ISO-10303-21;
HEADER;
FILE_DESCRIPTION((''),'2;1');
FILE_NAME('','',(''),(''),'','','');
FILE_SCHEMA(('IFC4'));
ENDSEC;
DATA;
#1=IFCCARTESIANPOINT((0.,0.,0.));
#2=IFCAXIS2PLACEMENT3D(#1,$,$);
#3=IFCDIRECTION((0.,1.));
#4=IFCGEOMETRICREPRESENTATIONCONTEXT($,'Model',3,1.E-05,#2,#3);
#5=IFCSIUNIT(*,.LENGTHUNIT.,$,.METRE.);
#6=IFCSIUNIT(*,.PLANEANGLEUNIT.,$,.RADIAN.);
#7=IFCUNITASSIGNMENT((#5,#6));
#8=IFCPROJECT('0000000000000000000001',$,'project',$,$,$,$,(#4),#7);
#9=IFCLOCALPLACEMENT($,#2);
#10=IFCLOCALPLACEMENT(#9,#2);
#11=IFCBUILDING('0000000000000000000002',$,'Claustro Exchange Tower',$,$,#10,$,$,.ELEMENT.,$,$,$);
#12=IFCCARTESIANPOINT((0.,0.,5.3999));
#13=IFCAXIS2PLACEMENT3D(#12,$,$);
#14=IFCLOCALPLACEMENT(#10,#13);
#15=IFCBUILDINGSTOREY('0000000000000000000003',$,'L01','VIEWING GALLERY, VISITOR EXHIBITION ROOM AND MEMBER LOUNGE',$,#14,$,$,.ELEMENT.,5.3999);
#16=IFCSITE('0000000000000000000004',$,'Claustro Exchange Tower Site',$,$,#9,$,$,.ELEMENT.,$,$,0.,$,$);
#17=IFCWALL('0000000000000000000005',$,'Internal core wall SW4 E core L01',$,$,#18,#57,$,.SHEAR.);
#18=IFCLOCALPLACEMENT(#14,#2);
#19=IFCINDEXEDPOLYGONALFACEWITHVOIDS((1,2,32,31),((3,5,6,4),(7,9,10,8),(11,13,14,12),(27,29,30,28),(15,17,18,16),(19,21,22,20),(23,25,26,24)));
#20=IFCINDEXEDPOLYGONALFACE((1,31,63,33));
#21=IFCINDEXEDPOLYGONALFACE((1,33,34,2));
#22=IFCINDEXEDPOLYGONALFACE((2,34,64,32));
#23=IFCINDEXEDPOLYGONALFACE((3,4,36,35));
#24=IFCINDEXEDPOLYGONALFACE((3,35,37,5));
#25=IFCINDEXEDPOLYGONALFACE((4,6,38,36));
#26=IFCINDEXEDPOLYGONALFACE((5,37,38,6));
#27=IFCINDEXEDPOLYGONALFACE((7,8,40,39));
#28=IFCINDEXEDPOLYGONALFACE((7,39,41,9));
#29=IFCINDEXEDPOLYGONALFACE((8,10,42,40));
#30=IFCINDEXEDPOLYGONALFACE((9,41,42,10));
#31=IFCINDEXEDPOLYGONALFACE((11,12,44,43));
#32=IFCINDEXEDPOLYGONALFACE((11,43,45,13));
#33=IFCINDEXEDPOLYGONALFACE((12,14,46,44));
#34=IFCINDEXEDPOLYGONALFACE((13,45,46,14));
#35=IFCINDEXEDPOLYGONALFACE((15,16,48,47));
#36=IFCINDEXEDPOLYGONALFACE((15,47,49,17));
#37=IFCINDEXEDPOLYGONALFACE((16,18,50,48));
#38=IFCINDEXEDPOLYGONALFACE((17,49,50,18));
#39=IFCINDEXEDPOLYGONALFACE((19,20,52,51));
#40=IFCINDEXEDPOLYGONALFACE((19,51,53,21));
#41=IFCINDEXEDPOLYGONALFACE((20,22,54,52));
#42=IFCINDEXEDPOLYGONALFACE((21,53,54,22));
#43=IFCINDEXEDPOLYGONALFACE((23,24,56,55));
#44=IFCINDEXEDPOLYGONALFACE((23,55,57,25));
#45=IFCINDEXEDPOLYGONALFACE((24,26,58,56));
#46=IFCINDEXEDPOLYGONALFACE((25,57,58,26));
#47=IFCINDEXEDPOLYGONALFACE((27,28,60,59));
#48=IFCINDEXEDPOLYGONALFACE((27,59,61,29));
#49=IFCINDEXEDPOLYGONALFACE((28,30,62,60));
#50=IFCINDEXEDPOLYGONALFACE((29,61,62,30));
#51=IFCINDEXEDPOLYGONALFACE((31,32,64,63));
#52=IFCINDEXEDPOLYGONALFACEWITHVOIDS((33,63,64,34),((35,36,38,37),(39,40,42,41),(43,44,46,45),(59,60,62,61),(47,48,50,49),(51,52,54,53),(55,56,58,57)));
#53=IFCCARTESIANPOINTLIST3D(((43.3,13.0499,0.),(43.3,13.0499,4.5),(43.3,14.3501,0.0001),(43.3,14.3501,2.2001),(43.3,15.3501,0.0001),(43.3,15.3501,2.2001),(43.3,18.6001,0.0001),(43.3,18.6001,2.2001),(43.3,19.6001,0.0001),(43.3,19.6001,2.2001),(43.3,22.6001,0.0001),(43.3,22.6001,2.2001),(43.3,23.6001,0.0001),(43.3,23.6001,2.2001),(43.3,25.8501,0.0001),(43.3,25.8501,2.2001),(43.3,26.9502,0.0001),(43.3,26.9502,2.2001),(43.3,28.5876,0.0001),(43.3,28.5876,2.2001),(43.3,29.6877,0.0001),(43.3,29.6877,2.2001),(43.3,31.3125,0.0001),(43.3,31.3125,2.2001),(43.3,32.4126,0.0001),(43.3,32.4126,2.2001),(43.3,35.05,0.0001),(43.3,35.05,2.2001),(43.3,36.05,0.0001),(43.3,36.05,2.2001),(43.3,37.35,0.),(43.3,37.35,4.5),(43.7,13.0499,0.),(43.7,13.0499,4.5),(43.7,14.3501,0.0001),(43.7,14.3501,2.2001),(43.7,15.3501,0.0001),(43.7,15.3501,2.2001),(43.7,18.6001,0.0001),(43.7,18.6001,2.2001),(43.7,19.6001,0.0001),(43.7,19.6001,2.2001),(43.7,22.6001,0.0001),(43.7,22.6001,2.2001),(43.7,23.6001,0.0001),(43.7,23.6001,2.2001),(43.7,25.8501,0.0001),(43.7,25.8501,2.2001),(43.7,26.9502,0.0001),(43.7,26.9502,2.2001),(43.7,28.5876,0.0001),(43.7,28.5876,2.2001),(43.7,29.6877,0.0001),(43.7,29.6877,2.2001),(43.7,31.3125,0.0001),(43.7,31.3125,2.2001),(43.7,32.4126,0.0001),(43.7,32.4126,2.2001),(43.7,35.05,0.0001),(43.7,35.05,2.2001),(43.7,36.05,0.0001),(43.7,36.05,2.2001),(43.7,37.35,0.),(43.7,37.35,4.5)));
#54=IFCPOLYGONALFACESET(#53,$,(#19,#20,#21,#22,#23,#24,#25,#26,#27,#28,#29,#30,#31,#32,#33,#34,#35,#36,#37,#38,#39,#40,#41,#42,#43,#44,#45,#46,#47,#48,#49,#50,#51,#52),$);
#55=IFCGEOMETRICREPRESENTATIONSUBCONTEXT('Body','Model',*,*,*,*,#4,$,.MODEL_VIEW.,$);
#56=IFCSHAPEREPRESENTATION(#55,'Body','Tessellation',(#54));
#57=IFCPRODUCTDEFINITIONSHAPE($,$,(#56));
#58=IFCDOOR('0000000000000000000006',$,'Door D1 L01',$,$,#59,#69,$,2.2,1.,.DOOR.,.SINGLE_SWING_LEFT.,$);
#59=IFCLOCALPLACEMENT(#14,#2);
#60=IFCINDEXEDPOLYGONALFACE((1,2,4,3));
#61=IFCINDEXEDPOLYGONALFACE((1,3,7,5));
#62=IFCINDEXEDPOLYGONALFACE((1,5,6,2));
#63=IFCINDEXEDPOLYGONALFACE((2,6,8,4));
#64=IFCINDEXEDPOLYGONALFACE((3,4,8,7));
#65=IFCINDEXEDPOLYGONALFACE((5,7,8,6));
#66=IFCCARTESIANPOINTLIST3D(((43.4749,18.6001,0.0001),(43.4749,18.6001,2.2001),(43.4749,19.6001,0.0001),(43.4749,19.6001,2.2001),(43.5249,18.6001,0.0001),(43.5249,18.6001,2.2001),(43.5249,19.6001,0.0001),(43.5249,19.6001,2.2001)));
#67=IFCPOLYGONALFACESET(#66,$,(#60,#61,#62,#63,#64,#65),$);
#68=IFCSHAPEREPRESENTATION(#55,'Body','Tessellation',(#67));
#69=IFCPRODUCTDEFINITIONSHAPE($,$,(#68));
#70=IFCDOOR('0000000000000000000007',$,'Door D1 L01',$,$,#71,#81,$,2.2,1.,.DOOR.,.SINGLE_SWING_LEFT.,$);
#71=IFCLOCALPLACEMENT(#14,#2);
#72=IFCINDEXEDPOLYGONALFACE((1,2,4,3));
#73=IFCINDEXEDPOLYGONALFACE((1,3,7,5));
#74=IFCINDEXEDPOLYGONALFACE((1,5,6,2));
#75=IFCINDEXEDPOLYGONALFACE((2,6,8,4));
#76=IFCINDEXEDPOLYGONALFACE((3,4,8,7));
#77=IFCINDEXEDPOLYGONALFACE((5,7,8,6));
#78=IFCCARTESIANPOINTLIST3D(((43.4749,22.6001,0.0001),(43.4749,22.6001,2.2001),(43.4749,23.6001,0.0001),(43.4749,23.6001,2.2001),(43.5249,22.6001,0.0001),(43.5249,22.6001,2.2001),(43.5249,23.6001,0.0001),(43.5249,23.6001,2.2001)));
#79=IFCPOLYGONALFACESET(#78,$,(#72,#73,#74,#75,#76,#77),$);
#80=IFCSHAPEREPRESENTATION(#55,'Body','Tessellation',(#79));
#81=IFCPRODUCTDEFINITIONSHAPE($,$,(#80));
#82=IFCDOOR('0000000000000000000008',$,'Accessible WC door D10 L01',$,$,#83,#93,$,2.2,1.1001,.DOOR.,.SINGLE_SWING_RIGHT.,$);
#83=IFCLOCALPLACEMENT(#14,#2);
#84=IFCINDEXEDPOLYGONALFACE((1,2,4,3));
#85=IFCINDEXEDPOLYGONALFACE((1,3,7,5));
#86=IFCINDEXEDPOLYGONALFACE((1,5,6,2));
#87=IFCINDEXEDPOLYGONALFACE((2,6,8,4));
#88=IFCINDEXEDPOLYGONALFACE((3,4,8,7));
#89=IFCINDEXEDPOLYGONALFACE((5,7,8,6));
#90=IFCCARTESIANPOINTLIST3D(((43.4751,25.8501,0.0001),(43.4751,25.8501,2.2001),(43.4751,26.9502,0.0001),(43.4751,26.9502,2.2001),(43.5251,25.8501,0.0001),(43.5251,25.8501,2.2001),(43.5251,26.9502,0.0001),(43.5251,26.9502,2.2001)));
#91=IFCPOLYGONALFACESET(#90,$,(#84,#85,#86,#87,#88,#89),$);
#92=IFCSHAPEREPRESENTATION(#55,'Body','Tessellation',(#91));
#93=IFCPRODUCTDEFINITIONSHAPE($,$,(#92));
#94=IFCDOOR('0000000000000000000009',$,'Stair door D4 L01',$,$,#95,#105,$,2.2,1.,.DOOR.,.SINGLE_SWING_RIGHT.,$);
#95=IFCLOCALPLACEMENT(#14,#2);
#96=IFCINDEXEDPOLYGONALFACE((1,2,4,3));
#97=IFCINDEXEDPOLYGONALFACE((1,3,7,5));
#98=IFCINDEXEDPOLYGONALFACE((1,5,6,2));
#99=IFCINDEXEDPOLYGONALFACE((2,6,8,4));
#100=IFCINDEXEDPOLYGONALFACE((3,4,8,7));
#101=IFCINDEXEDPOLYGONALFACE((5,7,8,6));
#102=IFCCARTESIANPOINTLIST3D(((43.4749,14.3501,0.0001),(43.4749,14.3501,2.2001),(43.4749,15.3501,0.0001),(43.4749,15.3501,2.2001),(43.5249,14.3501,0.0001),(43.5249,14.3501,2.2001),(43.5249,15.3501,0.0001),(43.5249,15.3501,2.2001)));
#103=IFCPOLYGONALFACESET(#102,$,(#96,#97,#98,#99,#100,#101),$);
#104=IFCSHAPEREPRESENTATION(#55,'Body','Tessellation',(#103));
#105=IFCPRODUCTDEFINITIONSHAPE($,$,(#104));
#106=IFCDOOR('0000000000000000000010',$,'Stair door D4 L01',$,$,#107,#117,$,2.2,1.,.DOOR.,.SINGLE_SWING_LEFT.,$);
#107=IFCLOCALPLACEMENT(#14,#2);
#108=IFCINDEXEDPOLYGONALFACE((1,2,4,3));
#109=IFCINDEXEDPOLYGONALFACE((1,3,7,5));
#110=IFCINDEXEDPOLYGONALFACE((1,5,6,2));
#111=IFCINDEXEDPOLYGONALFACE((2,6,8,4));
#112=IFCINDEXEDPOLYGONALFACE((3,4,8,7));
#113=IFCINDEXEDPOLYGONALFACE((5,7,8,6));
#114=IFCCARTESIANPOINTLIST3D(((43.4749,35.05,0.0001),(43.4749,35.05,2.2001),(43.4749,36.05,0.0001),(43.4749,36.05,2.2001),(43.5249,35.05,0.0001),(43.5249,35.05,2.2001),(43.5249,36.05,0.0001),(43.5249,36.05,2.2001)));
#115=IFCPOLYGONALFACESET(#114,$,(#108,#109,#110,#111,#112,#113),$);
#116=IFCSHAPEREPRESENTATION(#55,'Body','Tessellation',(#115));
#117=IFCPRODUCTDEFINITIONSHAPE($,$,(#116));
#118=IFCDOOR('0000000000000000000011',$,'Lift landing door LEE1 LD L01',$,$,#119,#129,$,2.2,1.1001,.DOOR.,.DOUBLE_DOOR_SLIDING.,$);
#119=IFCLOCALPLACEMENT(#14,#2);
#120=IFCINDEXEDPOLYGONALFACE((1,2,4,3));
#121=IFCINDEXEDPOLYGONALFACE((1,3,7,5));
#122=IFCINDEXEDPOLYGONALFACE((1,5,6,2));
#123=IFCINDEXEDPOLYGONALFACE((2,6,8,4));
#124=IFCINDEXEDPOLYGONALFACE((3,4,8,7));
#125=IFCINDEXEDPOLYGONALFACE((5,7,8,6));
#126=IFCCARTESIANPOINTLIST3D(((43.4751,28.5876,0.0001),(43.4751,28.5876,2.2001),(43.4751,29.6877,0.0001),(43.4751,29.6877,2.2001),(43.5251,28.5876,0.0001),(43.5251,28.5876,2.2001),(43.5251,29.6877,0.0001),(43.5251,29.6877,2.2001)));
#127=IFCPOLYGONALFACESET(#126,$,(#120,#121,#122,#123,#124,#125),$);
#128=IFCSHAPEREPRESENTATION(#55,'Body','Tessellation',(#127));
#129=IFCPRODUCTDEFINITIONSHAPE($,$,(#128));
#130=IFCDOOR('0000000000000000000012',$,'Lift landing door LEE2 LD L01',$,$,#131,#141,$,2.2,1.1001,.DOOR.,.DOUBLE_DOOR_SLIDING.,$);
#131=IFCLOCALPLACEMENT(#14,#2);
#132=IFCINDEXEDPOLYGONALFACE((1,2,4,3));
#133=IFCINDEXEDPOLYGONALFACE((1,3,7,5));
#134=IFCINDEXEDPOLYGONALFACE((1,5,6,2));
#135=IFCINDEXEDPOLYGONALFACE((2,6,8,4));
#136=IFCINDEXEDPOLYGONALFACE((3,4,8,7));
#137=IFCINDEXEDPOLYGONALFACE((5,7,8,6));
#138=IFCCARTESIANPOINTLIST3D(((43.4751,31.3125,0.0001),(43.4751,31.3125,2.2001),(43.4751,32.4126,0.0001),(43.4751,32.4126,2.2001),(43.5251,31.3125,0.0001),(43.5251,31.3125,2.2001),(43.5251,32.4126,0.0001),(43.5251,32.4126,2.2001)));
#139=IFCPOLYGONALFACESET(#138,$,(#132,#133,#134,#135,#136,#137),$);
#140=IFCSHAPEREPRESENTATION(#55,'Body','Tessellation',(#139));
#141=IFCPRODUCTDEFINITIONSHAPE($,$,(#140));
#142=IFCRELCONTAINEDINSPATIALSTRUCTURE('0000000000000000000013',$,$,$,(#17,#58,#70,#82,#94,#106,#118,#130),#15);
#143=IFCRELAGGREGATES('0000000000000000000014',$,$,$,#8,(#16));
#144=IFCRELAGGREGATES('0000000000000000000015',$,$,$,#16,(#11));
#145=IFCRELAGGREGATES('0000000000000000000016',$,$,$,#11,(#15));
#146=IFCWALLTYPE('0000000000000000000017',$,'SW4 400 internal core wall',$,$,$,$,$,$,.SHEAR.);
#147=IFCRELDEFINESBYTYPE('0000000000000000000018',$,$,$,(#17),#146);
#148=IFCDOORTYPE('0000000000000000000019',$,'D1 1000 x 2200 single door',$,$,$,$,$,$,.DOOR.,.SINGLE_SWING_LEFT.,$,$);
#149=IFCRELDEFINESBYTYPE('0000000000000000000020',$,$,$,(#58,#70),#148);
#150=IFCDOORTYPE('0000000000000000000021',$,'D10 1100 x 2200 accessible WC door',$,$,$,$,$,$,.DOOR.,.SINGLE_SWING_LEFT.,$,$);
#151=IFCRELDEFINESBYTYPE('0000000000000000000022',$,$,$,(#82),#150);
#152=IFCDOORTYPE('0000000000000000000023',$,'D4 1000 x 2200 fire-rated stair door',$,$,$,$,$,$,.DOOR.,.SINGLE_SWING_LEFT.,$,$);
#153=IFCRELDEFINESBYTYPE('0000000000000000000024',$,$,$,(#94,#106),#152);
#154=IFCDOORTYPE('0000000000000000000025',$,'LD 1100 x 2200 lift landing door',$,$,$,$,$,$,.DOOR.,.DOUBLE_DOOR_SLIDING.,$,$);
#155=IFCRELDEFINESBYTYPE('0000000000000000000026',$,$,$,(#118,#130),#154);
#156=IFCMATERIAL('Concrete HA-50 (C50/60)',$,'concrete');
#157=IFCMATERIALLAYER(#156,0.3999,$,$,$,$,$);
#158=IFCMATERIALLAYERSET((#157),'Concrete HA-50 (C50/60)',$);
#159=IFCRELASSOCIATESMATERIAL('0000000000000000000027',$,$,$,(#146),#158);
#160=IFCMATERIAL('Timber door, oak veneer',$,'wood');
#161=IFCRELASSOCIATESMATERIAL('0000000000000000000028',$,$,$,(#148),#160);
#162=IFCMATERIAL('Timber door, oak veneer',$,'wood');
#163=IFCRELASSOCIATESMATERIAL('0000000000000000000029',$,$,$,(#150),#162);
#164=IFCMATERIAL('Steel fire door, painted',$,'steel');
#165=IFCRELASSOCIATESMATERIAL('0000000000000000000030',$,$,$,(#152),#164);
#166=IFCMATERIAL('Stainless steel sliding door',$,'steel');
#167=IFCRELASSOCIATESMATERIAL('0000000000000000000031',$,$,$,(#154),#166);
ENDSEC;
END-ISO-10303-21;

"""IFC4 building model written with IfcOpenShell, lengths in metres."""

from ifc_helpers import new_model, si_unit, direction, frame, frame_2d, origin, place, context, subcontext, project, spatial, rectangle, extrude, material, layer, layer_set, type_object, element, fill, save


model = new_model("IFC4")

# Units and contexts
model_context = context("Model", 3, precision=1e-05, world=origin(), true_north=direction((0.0, 1.0)))
body_context = subcontext(model_context, "Body", "Model", "MODEL_VIEW")
ifc_project = project(units=[si_unit("LENGTHUNIT", "METRE"), si_unit("PLANEANGLEUNIT", "RADIAN")], contexts=[model_context])

# Site, building, storey
site_placement = place(None, origin())
site = spatial("IfcSite", under=ifc_project, at=site_placement, Name="Claustro Exchange Tower Site", CompositionType="ELEMENT", RefElevation=0.0)
building_placement = place(site_placement, origin())
building = spatial("IfcBuilding", under=site, at=building_placement, Name="Claustro Exchange Tower", CompositionType="ELEMENT")
storey_placement = place(building_placement, frame((0.0, 0.0, 5.3999)))
storey = spatial("IfcBuildingStorey", under=building, at=storey_placement, Name="L01", Description="VIEWING GALLERY, VISITOR EXHIBITION ROOM AND MEMBER LOUNGE", CompositionType="ELEMENT", Elevation=5.3999)

# Wall, openings, doors
ifc_material_1 = material(Name="Concrete HA-50 (C50/60)", Category="concrete")
ifc_layer_1 = layer(ifc_material_1, 0.3999)
ifc_layer_set_1 = layer_set([ifc_layer_1], Name="Concrete HA-50 (C50/60)")
wall_type_1 = type_object("IfcWallType", Name="SW4 400 internal core wall", PredefinedType="SHEAR", material=ifc_layer_set_1)
wall_1_placement = place(storey_placement, frame((43.5, 13.05, 0.0), z_axis=(0.0, 0.0, 1.0), x_axis=(0.0, 1.0, 0.0)))
wall_1 = element("IfcWall", 1, at=wall_1_placement, inside=storey, type_object=wall_type_1, Name="Internal core wall SW4 E core L01", PredefinedType="SHEAR", context=body_context, shape_type="SweptSolid", body=[
    extrude(rectangle(XDim=24.3, YDim=0.3999, at=frame_2d((12.1499, 0.0))), origin(), (0.0, 0.0, 1.0), 4.5),
])
opening_1_placement = place(wall_1_placement, frame((1.3, 0.0, 0.0)))
opening_1 = element("IfcOpeningElement", 2, at=opening_1_placement, cuts=wall_1, PredefinedType="OPENING", context=body_context, shape_type="SweptSolid", body=[
    extrude(rectangle(XDim=1.0, YDim=2.2, at=frame_2d((0.5, 1.1001))), frame((0.0, 0.21, 0.0), z_axis=(0.0, -1.0, 0.0), x_axis=(1.0, 0.0, 0.0)), (0.0, 0.0, 1.0), 0.4199),
])
opening_2_placement = place(wall_1_placement, frame((22.0, 0.0, 0.0)))
opening_2 = element("IfcOpeningElement", 3, at=opening_2_placement, cuts=wall_1, PredefinedType="OPENING", context=body_context, shape_type="SweptSolid", body=[
    extrude(rectangle(XDim=1.0, YDim=2.2, at=frame_2d((0.5, 1.1001))), frame((0.0, 0.21, 0.0), z_axis=(0.0, -1.0, 0.0), x_axis=(1.0, 0.0, 0.0)), (0.0, 0.0, 1.0), 0.4199),
])
opening_3_placement = place(wall_1_placement, frame((5.55, 0.0, 0.0)))
opening_3 = element("IfcOpeningElement", 4, at=opening_3_placement, cuts=wall_1, PredefinedType="OPENING", context=body_context, shape_type="SweptSolid", body=[
    extrude(rectangle(XDim=1.0, YDim=2.2, at=frame_2d((0.5, 1.1001))), frame((0.0, 0.21, 0.0), z_axis=(0.0, -1.0, 0.0), x_axis=(1.0, 0.0, 0.0)), (0.0, 0.0, 1.0), 0.4199),
])
opening_4_placement = place(wall_1_placement, frame((9.55, 0.0, 0.0)))
opening_4 = element("IfcOpeningElement", 5, at=opening_4_placement, cuts=wall_1, PredefinedType="OPENING", context=body_context, shape_type="SweptSolid", body=[
    extrude(rectangle(XDim=1.0, YDim=2.2, at=frame_2d((0.5, 1.1001))), frame((0.0, 0.21, 0.0), z_axis=(0.0, -1.0, 0.0), x_axis=(1.0, 0.0, 0.0)), (0.0, 0.0, 1.0), 0.4199),
])
opening_5_placement = place(wall_1_placement, frame((12.8, 0.0, 0.0)))
opening_5 = element("IfcOpeningElement", 6, at=opening_5_placement, cuts=wall_1, PredefinedType="OPENING", context=body_context, shape_type="SweptSolid", body=[
    extrude(rectangle(XDim=1.1001, YDim=2.2, at=frame_2d((0.55, 1.1001))), frame((0.0, 0.21, 0.0), z_axis=(0.0, -1.0, 0.0), x_axis=(1.0, 0.0, 0.0)), (0.0, 0.0, 1.0), 0.4199),
])
opening_6_placement = place(wall_1_placement, frame((15.5376, 0.0, 0.0)))
opening_6 = element("IfcOpeningElement", 7, at=opening_6_placement, cuts=wall_1, PredefinedType="OPENING", context=body_context, shape_type="SweptSolid", body=[
    extrude(rectangle(XDim=1.1001, YDim=2.2, at=frame_2d((0.55, 1.1001))), frame((0.0, 0.21, 0.0), z_axis=(0.0, -1.0, 0.0), x_axis=(1.0, 0.0, 0.0)), (0.0, 0.0, 1.0), 0.4199),
])
opening_7_placement = place(wall_1_placement, frame((18.2625, 0.0, 0.0)))
opening_7 = element("IfcOpeningElement", 8, at=opening_7_placement, cuts=wall_1, PredefinedType="OPENING", context=body_context, shape_type="SweptSolid", body=[
    extrude(rectangle(XDim=1.1001, YDim=2.2, at=frame_2d((0.55, 1.1001))), frame((0.0, 0.21, 0.0), z_axis=(0.0, -1.0, 0.0), x_axis=(1.0, 0.0, 0.0)), (0.0, 0.0, 1.0), 0.4199),
])
ifc_material_2 = material(Name="Timber door, oak veneer", Category="wood")
door_type_1 = type_object("IfcDoorType", Name="D1 1000 x 2200 single door", OperationType="SINGLE_SWING_LEFT", PredefinedType="DOOR", material=ifc_material_2)
door_1_placement = place(opening_3_placement, frame((1.0, 0.0, 0.0), z_axis=(0.0, 0.0, 1.0), x_axis=(-1.0, 0.0, 0.0)))
door_1 = element("IfcDoor", 9, at=door_1_placement, inside=storey, type_object=door_type_1, Name="Door D1 L01", OperationType="SINGLE_SWING_LEFT", OverallHeight=2.2, OverallWidth=1.0, PredefinedType="DOOR", context=body_context, shape_type="SweptSolid", body=[
    extrude(rectangle(XDim=1.0, YDim=2.2, at=frame_2d((0.5, 1.1001))), frame((0.0, 0.0249, 0.0), z_axis=(0.0, -1.0, 0.0), x_axis=(1.0, 0.0, 0.0)), (0.0, 0.0, 1.0), 0.05),
])
fill(opening_3, door_1)
door_2_placement = place(opening_4_placement, frame((1.0, 0.0, 0.0), z_axis=(0.0, 0.0, 1.0), x_axis=(-1.0, 0.0, 0.0)))
door_2 = element("IfcDoor", 10, at=door_2_placement, inside=storey, type_object=door_type_1, Name="Door D1 L01", OperationType="SINGLE_SWING_LEFT", OverallHeight=2.2, OverallWidth=1.0, PredefinedType="DOOR", context=body_context, shape_type="SweptSolid", body=[
    extrude(rectangle(XDim=1.0, YDim=2.2, at=frame_2d((0.5, 1.1001))), frame((0.0, 0.0249, 0.0), z_axis=(0.0, -1.0, 0.0), x_axis=(1.0, 0.0, 0.0)), (0.0, 0.0, 1.0), 0.05),
])
fill(opening_4, door_2)
ifc_material_3 = material(Name="Timber door, oak veneer", Category="wood")
door_type_2 = type_object("IfcDoorType", Name="D10 1100 x 2200 accessible WC door", OperationType="SINGLE_SWING_LEFT", PredefinedType="DOOR", material=ifc_material_3)
door_3_placement = place(opening_5_placement, origin())
door_3 = element("IfcDoor", 11, at=door_3_placement, inside=storey, type_object=door_type_2, Name="Accessible WC door D10 L01", OperationType="SINGLE_SWING_RIGHT", OverallHeight=2.2, OverallWidth=1.1001, PredefinedType="DOOR", context=body_context, shape_type="SweptSolid", body=[
    extrude(rectangle(XDim=1.1001, YDim=2.2, at=frame_2d((0.55, 1.1001))), frame((0.0, 0.0249, 0.0), z_axis=(0.0, -1.0, 0.0), x_axis=(1.0, 0.0, 0.0)), (0.0, 0.0, 1.0), 0.05),
])
fill(opening_5, door_3)
ifc_material_4 = material(Name="Steel fire door, painted", Category="steel")
door_type_3 = type_object("IfcDoorType", Name="D4 1000 x 2200 fire-rated stair door", OperationType="SINGLE_SWING_LEFT", PredefinedType="DOOR", material=ifc_material_4)
door_4_placement = place(opening_1_placement, frame((1.0, 0.0, 0.0), z_axis=(0.0, 0.0, 1.0), x_axis=(-1.0, 0.0, 0.0)))
door_4 = element("IfcDoor", 12, at=door_4_placement, inside=storey, type_object=door_type_3, Name="Stair door D4 L01", OperationType="SINGLE_SWING_RIGHT", OverallHeight=2.2, OverallWidth=1.0, PredefinedType="DOOR", context=body_context, shape_type="SweptSolid", body=[
    extrude(rectangle(XDim=1.0, YDim=2.2, at=frame_2d((0.5, 1.1001))), frame((0.0, 0.0249, 0.0), z_axis=(0.0, -1.0, 0.0), x_axis=(1.0, 0.0, 0.0)), (0.0, 0.0, 1.0), 0.05),
])
fill(opening_1, door_4)
door_5_placement = place(opening_2_placement, frame((1.0, 0.0, 0.0), z_axis=(0.0, 0.0, 1.0), x_axis=(-1.0, 0.0, 0.0)))
door_5 = element("IfcDoor", 13, at=door_5_placement, inside=storey, type_object=door_type_3, Name="Stair door D4 L01", OperationType="SINGLE_SWING_LEFT", OverallHeight=2.2, OverallWidth=1.0, PredefinedType="DOOR", context=body_context, shape_type="SweptSolid", body=[
    extrude(rectangle(XDim=1.0, YDim=2.2, at=frame_2d((0.5, 1.1001))), frame((0.0, 0.0249, 0.0), z_axis=(0.0, -1.0, 0.0), x_axis=(1.0, 0.0, 0.0)), (0.0, 0.0, 1.0), 0.05),
])
fill(opening_2, door_5)
ifc_material_5 = material(Name="Stainless steel sliding door", Category="steel")
door_type_4 = type_object("IfcDoorType", Name="LD 1100 x 2200 lift landing door", OperationType="DOUBLE_DOOR_SLIDING", PredefinedType="DOOR", material=ifc_material_5)
door_6_placement = place(opening_6_placement, origin())
door_6 = element("IfcDoor", 14, at=door_6_placement, inside=storey, type_object=door_type_4, Name="Lift landing door LEE1 LD L01", OperationType="DOUBLE_DOOR_SLIDING", OverallHeight=2.2, OverallWidth=1.1001, PredefinedType="DOOR", context=body_context, shape_type="SweptSolid", body=[
    extrude(rectangle(XDim=1.1001, YDim=2.2, at=frame_2d((0.55, 1.1001))), frame((0.0, 0.0249, 0.0), z_axis=(0.0, -1.0, 0.0), x_axis=(1.0, 0.0, 0.0)), (0.0, 0.0, 1.0), 0.05),
])
fill(opening_6, door_6)
door_7_placement = place(opening_7_placement, origin())
door_7 = element("IfcDoor", 15, at=door_7_placement, inside=storey, type_object=door_type_4, Name="Lift landing door LEE2 LD L01", OperationType="DOUBLE_DOOR_SLIDING", OverallHeight=2.2, OverallWidth=1.1001, PredefinedType="DOOR", context=body_context, shape_type="SweptSolid", body=[
    extrude(rectangle(XDim=1.1001, YDim=2.2, at=frame_2d((0.55, 1.1001))), frame((0.0, 0.0249, 0.0), z_axis=(0.0, -1.0, 0.0), x_axis=(1.0, 0.0, 0.0)), (0.0, 0.0, 1.0), 0.05),
])
fill(opening_7, door_7)

save(model, "model.ifc")
